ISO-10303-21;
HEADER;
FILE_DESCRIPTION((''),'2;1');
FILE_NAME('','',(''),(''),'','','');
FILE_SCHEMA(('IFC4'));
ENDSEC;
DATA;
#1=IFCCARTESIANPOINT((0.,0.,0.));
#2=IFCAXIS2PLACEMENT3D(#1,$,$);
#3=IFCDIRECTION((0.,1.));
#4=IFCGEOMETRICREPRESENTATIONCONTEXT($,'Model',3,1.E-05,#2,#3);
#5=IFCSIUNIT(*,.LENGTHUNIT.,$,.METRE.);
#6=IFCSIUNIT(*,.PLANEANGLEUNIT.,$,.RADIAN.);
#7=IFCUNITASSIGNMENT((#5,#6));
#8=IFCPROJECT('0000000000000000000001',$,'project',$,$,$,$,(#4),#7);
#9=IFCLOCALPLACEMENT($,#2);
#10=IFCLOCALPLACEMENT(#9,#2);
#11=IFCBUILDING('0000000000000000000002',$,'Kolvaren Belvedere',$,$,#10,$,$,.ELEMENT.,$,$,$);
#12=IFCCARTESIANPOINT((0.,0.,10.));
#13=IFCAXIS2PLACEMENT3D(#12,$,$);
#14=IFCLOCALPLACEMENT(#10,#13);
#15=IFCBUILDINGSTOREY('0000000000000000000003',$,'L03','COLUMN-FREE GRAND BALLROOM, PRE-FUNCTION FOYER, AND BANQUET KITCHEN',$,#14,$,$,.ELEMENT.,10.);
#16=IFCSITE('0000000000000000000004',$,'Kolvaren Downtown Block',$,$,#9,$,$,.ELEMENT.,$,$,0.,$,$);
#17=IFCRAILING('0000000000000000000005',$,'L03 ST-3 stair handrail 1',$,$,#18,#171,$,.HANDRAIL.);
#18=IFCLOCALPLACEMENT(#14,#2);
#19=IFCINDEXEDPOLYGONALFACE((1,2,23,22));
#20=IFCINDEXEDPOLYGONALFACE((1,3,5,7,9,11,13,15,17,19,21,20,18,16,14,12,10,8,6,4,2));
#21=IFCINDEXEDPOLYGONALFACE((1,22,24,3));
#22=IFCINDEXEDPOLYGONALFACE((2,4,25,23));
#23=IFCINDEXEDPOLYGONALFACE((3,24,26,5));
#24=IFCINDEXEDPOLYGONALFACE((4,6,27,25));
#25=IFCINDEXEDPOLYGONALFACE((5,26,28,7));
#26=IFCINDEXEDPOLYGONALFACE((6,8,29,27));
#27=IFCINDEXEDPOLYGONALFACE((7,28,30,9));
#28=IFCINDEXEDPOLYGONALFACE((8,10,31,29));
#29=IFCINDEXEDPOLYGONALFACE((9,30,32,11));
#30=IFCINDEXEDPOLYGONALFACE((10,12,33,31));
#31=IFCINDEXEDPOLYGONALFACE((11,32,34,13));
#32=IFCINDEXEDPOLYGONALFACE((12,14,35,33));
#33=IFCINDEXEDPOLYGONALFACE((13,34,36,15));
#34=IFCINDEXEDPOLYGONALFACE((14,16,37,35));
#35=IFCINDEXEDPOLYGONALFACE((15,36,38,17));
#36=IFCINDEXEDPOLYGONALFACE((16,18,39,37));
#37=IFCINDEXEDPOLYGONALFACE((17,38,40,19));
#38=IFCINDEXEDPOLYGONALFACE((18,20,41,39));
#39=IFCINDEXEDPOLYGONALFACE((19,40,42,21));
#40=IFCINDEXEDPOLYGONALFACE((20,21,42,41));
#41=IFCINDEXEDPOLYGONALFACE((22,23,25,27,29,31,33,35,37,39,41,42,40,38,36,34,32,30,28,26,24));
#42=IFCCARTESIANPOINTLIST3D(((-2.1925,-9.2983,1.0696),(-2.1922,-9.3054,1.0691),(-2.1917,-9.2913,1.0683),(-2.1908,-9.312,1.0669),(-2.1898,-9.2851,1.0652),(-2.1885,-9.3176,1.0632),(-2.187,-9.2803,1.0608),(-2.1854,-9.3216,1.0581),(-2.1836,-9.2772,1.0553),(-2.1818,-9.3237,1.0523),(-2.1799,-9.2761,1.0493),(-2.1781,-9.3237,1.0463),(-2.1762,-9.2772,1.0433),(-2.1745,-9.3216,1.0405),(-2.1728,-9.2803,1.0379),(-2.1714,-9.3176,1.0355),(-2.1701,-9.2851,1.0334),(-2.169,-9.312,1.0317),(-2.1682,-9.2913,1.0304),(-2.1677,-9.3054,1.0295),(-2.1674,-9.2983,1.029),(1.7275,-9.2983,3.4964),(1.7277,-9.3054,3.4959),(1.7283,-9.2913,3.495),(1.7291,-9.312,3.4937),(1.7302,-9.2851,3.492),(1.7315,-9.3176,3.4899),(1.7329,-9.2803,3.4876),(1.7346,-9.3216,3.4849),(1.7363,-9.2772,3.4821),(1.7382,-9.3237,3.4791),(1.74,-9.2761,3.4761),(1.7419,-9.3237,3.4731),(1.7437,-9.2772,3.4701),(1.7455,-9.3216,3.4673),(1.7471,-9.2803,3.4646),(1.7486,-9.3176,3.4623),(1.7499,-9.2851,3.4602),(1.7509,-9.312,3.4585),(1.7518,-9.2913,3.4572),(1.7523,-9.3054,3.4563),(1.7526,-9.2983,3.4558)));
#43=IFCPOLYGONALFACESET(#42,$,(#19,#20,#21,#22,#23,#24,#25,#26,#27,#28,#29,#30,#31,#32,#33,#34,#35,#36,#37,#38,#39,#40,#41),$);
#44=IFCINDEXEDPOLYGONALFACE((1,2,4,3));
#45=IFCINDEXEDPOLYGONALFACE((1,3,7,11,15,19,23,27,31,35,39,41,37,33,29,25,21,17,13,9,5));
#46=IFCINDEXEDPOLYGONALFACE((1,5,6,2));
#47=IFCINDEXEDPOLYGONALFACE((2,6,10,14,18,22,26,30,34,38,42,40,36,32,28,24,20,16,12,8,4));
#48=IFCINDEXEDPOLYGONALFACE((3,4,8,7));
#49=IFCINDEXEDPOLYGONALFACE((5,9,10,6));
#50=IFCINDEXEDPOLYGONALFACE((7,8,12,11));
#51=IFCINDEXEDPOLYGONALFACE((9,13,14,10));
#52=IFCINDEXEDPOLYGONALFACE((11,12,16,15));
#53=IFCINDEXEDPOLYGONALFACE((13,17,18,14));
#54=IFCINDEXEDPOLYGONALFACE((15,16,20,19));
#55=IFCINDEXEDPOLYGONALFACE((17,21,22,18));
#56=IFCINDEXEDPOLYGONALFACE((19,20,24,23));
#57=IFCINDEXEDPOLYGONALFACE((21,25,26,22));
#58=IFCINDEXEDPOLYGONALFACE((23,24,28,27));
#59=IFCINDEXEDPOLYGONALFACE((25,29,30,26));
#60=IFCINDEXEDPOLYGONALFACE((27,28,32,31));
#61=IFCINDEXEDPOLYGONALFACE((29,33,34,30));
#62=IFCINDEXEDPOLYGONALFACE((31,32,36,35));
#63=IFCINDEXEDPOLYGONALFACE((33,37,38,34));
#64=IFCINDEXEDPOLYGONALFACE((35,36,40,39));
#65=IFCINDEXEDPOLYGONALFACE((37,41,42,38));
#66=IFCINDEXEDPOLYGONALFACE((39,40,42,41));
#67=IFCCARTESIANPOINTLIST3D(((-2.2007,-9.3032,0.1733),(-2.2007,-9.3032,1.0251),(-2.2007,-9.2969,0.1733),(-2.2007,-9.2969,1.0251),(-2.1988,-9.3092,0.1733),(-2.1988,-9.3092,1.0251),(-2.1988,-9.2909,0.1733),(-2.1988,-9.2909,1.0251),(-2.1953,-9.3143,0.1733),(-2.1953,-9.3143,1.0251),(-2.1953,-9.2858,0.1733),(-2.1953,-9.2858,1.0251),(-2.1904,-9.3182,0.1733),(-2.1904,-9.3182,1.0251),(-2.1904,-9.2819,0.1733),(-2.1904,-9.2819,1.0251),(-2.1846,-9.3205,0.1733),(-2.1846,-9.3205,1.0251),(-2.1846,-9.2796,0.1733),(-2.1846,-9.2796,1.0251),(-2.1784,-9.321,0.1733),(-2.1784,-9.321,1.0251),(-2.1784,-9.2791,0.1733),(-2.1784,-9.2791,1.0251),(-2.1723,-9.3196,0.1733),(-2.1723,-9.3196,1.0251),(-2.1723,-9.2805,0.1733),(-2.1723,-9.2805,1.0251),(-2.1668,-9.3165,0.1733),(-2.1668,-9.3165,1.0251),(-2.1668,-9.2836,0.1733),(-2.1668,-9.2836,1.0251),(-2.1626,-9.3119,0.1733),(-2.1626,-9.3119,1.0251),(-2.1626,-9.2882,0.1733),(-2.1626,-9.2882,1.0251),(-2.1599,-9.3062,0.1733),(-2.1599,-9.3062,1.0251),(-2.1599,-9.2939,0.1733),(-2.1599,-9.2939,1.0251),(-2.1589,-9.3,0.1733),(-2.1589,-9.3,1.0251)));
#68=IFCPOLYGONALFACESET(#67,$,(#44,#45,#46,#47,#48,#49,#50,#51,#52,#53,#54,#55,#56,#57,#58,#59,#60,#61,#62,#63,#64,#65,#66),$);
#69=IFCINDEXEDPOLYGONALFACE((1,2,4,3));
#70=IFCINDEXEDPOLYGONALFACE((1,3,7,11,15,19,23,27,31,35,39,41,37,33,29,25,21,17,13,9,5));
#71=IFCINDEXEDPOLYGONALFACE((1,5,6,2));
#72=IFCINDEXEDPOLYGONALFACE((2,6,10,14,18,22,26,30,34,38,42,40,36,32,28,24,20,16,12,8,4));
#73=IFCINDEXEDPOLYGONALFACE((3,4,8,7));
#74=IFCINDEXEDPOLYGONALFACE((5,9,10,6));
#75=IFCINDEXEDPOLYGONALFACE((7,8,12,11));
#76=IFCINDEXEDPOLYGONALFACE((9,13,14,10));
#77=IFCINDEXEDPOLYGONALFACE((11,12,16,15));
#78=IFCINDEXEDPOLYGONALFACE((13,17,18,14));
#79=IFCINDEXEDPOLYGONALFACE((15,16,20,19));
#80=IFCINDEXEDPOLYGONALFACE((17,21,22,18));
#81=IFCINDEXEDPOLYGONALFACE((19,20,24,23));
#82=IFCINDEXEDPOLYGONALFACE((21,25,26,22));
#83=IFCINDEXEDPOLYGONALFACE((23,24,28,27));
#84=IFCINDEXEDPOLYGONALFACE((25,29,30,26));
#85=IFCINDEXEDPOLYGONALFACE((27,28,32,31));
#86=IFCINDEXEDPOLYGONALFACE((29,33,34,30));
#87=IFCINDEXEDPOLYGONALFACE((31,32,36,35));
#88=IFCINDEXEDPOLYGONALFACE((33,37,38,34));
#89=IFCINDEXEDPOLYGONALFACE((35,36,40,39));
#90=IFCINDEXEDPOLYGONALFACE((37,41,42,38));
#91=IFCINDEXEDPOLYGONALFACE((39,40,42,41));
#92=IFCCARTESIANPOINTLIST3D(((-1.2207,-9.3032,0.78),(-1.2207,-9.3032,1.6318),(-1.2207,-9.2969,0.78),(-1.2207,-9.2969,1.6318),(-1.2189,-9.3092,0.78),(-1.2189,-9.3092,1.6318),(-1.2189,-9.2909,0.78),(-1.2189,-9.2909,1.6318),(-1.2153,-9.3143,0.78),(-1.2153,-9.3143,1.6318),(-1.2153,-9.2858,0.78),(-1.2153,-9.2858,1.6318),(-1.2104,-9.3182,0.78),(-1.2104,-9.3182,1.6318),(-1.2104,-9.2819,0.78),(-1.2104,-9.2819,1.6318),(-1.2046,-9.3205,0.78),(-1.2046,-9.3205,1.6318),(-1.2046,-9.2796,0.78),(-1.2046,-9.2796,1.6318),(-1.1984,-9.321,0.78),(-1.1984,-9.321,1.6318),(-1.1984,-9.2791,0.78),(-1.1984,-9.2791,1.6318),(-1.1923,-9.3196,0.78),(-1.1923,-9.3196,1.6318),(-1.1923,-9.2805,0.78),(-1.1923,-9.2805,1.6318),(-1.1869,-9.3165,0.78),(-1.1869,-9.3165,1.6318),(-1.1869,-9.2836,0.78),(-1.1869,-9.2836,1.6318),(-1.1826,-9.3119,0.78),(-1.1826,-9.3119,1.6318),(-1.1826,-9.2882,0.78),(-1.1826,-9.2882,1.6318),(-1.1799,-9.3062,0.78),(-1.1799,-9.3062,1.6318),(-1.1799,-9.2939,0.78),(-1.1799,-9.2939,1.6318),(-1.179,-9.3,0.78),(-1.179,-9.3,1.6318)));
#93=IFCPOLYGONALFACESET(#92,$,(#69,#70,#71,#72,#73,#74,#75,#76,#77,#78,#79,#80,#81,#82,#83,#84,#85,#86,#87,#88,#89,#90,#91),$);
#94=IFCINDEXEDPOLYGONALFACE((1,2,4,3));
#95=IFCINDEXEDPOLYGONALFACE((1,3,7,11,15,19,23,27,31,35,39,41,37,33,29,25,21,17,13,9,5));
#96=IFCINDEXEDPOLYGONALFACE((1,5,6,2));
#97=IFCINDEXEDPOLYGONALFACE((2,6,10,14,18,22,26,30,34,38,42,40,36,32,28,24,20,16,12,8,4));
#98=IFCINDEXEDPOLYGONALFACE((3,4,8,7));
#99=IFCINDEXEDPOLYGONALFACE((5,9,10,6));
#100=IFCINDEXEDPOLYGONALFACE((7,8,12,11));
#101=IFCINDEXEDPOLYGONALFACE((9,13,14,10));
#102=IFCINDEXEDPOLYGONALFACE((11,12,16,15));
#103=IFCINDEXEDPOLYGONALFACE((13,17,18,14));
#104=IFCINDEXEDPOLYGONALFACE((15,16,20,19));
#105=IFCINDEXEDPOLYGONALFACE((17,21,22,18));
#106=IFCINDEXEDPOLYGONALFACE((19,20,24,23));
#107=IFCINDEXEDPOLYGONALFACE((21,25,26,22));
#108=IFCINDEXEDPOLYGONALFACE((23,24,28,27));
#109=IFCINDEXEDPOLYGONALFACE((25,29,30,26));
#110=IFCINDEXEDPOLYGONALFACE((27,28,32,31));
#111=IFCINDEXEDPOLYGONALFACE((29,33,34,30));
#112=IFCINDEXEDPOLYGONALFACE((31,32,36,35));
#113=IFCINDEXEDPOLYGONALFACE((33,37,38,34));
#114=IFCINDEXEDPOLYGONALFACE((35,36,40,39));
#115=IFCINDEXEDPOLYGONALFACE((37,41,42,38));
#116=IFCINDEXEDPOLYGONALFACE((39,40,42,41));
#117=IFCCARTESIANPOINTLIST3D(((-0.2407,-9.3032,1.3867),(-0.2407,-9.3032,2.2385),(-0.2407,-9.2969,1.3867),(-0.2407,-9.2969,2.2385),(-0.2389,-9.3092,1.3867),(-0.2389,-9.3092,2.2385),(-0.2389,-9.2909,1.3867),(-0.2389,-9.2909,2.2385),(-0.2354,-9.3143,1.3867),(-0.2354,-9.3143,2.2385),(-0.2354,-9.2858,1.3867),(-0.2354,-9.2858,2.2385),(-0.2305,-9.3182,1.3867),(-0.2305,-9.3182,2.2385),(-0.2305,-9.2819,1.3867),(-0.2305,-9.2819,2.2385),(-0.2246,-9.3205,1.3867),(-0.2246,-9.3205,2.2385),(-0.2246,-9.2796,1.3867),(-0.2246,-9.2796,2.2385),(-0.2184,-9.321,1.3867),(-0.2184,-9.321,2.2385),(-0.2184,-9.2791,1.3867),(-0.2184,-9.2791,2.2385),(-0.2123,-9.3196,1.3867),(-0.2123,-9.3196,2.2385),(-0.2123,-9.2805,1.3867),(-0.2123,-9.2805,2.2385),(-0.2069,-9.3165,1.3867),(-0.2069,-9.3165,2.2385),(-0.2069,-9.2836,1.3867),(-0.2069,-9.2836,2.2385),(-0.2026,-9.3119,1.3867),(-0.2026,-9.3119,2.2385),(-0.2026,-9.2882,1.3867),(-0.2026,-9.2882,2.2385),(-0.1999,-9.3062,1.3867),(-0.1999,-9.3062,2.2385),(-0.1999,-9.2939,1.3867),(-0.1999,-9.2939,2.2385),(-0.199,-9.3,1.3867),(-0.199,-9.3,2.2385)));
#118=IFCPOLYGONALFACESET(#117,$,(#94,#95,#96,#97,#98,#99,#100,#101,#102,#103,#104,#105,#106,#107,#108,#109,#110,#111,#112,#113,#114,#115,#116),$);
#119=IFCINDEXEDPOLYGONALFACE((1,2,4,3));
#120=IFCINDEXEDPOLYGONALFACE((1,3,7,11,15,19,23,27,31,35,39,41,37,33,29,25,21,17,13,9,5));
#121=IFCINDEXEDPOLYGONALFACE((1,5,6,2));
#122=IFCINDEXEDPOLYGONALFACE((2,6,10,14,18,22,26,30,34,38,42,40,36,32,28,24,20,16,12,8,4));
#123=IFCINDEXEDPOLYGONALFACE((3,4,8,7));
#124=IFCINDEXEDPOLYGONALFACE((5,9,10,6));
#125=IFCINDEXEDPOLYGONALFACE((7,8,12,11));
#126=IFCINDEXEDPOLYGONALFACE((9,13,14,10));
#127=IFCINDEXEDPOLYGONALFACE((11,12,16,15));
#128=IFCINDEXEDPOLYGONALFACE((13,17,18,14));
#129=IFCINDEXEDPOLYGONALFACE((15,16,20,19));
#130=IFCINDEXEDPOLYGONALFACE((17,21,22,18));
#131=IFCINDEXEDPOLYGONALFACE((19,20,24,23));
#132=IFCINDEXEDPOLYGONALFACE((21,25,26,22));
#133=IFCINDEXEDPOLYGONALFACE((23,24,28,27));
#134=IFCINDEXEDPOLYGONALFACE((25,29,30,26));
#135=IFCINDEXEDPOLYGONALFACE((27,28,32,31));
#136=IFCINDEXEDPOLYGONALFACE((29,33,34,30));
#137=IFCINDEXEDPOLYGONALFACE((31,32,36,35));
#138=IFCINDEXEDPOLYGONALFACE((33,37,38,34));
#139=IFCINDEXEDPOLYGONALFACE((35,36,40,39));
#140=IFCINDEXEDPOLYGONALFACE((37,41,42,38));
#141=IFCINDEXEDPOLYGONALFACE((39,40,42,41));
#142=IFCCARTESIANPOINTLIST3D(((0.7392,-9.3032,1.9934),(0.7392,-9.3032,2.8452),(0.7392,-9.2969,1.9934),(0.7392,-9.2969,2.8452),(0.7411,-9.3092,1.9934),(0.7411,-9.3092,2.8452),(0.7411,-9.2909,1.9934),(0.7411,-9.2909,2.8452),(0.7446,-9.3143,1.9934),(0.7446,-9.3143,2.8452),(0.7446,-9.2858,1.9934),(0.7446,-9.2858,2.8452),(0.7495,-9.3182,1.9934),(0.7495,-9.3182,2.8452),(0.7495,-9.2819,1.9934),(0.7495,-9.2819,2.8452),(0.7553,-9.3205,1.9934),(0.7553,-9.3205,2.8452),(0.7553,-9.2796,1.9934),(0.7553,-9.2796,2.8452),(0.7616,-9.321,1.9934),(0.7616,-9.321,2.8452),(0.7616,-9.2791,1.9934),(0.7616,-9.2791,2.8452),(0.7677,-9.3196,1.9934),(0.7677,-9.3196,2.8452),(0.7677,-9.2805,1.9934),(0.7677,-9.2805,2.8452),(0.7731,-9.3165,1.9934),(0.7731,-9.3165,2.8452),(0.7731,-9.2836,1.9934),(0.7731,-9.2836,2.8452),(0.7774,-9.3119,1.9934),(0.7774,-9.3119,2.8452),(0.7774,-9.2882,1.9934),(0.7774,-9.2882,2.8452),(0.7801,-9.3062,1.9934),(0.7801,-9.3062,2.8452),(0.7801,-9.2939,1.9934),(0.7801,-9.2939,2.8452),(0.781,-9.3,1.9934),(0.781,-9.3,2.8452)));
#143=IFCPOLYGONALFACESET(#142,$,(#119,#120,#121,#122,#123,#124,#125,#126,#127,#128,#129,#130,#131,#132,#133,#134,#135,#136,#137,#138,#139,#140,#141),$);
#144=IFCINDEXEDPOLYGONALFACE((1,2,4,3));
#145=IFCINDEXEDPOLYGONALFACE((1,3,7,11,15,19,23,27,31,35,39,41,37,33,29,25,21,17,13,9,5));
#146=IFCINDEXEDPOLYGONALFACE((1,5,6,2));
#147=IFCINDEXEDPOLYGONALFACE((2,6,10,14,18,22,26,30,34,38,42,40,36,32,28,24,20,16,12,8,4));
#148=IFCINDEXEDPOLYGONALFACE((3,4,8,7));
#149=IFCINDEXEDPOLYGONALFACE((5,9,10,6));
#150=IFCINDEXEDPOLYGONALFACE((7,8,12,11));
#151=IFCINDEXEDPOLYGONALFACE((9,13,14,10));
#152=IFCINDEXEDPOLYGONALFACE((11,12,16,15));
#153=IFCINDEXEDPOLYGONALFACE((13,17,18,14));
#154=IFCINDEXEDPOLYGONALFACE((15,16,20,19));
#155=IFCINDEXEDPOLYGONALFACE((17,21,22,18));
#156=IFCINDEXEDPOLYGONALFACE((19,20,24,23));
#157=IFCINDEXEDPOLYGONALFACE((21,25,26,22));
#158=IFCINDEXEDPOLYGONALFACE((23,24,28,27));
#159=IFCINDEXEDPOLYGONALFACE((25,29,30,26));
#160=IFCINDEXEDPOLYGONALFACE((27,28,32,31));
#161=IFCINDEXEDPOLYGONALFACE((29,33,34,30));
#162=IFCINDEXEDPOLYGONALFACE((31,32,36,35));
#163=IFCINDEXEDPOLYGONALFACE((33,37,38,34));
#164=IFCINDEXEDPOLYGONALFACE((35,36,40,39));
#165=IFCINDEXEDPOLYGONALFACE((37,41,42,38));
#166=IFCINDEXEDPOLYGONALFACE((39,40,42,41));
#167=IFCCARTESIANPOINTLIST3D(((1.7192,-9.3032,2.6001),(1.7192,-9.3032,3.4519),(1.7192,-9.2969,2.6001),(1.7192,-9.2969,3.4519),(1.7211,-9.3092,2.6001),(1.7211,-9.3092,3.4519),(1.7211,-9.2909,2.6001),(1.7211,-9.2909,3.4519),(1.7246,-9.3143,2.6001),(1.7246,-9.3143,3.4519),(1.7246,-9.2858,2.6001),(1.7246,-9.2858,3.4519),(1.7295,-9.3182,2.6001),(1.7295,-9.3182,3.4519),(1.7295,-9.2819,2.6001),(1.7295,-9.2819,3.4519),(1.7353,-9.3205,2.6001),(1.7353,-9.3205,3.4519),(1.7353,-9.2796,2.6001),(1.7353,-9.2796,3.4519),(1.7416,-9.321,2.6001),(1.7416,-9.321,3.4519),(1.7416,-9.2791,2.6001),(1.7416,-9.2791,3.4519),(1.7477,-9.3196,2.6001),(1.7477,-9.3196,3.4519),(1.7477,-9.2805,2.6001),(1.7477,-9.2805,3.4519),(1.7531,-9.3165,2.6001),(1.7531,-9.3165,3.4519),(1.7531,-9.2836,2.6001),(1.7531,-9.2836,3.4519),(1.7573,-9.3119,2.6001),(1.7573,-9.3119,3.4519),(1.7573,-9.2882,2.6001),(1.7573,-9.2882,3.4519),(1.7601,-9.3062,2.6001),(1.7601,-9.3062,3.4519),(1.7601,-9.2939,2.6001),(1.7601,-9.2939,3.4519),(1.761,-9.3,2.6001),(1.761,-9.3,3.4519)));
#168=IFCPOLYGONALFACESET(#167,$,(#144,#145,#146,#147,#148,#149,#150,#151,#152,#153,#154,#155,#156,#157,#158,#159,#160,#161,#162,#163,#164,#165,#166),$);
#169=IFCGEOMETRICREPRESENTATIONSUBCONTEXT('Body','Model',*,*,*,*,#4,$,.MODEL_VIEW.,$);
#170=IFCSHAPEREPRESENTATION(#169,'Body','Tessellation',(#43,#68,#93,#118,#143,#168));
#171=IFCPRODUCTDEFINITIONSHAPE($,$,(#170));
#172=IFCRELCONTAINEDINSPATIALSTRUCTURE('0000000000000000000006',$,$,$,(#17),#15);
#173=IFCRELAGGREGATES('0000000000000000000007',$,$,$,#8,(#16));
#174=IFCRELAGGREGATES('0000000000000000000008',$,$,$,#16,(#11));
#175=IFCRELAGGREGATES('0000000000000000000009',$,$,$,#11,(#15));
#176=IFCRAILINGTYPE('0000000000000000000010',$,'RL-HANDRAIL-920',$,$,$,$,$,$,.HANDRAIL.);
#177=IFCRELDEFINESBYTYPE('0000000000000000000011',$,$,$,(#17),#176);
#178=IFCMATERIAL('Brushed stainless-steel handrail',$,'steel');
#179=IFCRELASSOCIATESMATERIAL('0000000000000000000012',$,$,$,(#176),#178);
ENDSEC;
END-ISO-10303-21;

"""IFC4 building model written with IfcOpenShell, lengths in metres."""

from ifc_helpers import new_model, si_unit, direction, frame, origin, origin_2d, place, context, subcontext, project, spatial, circle, extrude, material, type_object, element, save


model = new_model("IFC4")

# Units and contexts
model_context = context("Model", 3, precision=1e-05, world=origin(), true_north=direction((0.0, 1.0)))
body_context = subcontext(model_context, "Body", "Model", "MODEL_VIEW")
ifc_project = project(units=[si_unit("LENGTHUNIT", "METRE"), si_unit("PLANEANGLEUNIT", "RADIAN")], contexts=[model_context])

# Site, building, storey
site_placement = place(None, origin())
site = spatial("IfcSite", under=ifc_project, at=site_placement, Name="Kolvaren Downtown Block", CompositionType="ELEMENT", RefElevation=0.0)
building_placement = place(site_placement, origin())
building = spatial("IfcBuilding", under=site, at=building_placement, Name="Kolvaren Belvedere", CompositionType="ELEMENT")
storey_placement = place(building_placement, frame((0.0, 0.0, 10.0)))
storey = spatial("IfcBuildingStorey", under=building, at=storey_placement, Name="L03", Description="COLUMN-FREE GRAND BALLROOM, PRE-FUNCTION FOYER, AND BANQUET KITCHEN", CompositionType="ELEMENT", Elevation=10.0)

# Railing
ifc_material_1 = material(Name="Brushed stainless-steel handrail", Category="steel")
railing_type_1 = type_object("IfcRailingType", Name="RL-HANDRAIL-920", PredefinedType="HANDRAIL", material=ifc_material_1)
railing_1_placement = place(storey_placement, frame((-2.1799, -9.3, 0.1733)))
element("IfcRailing", 1, at=railing_1_placement, inside=storey, type_object=railing_type_1, Name="L03 ST-3 stair handrail 1", PredefinedType="HANDRAIL", context=body_context, shape_type="SweptSolid", body=[
    extrude(circle(Radius=0.0239, at=origin_2d()), frame((0.0, 0.0, 0.876), z_axis=(0.850252, 0.0, 0.526376), x_axis=(0.0, 1.0, 0.0)), (0.0, 0.0, 1.0), 4.6104),
    extrude(circle(Radius=0.021, at=origin_2d()), origin(), (0.0, 0.0, 1.0), 0.8518),
    extrude(circle(Radius=0.021, at=origin_2d()), frame((0.98, 0.0, 0.6067)), (0.0, 0.0, 1.0), 0.8518),
    extrude(circle(Radius=0.021, at=origin_2d()), frame((1.96, 0.0, 1.2134)), (0.0, 0.0, 1.0), 0.8518),
    extrude(circle(Radius=0.021, at=origin_2d()), frame((2.9399, 0.0, 1.8201)), (0.0, 0.0, 1.0), 0.8518),
    extrude(circle(Radius=0.021, at=origin_2d()), frame((3.9199, 0.0, 2.4268)), (0.0, 0.0, 1.0), 0.8518),
])

save(model, "model.ifc")
